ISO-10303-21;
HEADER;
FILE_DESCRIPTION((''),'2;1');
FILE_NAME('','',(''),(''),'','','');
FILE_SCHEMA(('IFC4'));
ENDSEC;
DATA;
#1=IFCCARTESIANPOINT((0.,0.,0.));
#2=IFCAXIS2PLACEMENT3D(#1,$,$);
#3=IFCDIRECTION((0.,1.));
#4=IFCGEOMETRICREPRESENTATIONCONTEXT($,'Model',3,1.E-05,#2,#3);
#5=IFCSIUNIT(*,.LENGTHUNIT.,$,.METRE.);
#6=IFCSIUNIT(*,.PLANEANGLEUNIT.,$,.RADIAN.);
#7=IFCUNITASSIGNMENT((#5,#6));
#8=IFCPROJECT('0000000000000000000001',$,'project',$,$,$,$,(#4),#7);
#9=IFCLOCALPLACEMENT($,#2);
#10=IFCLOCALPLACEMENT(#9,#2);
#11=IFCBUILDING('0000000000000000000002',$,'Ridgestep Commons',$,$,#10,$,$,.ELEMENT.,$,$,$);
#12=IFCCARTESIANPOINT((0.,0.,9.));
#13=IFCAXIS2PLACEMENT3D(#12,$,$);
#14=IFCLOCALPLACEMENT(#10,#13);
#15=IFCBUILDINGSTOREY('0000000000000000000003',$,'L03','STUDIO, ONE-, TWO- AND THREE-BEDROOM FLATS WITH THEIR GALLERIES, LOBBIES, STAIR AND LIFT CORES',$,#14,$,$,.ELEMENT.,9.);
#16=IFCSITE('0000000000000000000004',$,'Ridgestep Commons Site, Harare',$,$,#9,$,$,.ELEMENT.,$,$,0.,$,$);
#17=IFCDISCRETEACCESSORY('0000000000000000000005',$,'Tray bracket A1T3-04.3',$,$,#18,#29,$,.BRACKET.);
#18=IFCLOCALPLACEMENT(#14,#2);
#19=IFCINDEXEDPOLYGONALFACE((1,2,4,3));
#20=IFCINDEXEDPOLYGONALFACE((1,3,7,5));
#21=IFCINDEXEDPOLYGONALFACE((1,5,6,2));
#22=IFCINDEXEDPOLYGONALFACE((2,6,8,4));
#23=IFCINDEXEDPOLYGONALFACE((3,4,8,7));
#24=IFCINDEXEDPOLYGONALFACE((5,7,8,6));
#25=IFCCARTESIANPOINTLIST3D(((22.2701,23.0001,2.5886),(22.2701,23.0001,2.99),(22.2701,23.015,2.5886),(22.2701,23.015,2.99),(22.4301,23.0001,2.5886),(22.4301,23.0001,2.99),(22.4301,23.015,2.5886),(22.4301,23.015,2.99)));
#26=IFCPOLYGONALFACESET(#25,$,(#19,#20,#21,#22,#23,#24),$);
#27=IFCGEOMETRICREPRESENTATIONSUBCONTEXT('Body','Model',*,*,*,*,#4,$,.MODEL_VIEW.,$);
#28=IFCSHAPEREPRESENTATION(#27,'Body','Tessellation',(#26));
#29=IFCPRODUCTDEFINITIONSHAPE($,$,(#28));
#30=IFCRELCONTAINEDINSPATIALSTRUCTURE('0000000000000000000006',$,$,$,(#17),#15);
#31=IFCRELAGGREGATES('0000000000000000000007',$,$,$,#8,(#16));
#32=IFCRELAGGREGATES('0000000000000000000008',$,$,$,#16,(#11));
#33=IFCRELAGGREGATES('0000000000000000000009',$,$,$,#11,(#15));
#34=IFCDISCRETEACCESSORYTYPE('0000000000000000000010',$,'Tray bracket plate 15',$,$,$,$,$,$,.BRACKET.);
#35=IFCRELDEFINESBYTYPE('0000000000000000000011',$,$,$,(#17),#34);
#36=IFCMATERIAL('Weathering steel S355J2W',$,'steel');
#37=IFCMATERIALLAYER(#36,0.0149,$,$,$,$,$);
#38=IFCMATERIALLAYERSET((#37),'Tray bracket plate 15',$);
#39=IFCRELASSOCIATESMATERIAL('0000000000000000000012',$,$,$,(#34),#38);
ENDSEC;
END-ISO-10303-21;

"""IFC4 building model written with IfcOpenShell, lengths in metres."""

from ifc_helpers import new_model, si_unit, direction, frame, origin, origin_2d, place, context, subcontext, project, spatial, rectangle, extrude, material, layer, layer_set, type_object, element, save


model = new_model("IFC4")

# Units and contexts
model_context = context("Model", 3, precision=1e-05, world=origin(), true_north=direction((0.0, 1.0)))
body_context = subcontext(model_context, "Body", "Model", "MODEL_VIEW")
ifc_project = project(units=[si_unit("LENGTHUNIT", "METRE"), si_unit("PLANEANGLEUNIT", "RADIAN")], contexts=[model_context])

# Site, building, storey
site_placement = place(None, origin())
site = spatial("IfcSite", under=ifc_project, at=site_placement, Name="Ridgestep Commons Site, Harare", CompositionType="ELEMENT", RefElevation=0.0)
building_placement = place(site_placement, origin())
building = spatial("IfcBuilding", under=site, at=building_placement, Name="Ridgestep Commons", CompositionType="ELEMENT")
storey_placement = place(building_placement, frame((0.0, 0.0, 9.0)))
storey = spatial("IfcBuildingStorey", under=building, at=storey_placement, Name="L03", Description="STUDIO, ONE-, TWO- AND THREE-BEDROOM FLATS WITH THEIR GALLERIES, LOBBIES, STAIR AND LIFT CORES", CompositionType="ELEMENT", Elevation=9.0)

# Discrete accessory
ifc_material_1 = material(Name="Weathering steel S355J2W", Category="steel")
ifc_layer_1 = layer(ifc_material_1, 0.0149)
ifc_layer_set_1 = layer_set([ifc_layer_1], Name="Tray bracket plate 15")
discrete_accessory_type = type_object("IfcDiscreteAccessoryType", Name="Tray bracket plate 15", PredefinedType="BRACKET", material=ifc_layer_set_1)
for number, where, z_axis, x_axis, name in (
    (1, (22.3501, 23.0076, 2.5886), (0.0, 0.0, 1.0), (1.0, 0.0, 0.0), "Tray bracket A1T3-04.3"),
):
    element("IfcDiscreteAccessory", number, at=place(storey_placement, frame(where, z_axis=z_axis, x_axis=x_axis)), inside=storey, type_object=discrete_accessory_type, Name=name, PredefinedType="BRACKET", context=body_context, shape_type="SweptSolid", body=[
        extrude(rectangle(XDim=0.1599, YDim=0.0149, at=origin_2d()), origin(), (0.0, 0.0, 1.0), 0.4014),
    ])

save(model, "model.ifc")
